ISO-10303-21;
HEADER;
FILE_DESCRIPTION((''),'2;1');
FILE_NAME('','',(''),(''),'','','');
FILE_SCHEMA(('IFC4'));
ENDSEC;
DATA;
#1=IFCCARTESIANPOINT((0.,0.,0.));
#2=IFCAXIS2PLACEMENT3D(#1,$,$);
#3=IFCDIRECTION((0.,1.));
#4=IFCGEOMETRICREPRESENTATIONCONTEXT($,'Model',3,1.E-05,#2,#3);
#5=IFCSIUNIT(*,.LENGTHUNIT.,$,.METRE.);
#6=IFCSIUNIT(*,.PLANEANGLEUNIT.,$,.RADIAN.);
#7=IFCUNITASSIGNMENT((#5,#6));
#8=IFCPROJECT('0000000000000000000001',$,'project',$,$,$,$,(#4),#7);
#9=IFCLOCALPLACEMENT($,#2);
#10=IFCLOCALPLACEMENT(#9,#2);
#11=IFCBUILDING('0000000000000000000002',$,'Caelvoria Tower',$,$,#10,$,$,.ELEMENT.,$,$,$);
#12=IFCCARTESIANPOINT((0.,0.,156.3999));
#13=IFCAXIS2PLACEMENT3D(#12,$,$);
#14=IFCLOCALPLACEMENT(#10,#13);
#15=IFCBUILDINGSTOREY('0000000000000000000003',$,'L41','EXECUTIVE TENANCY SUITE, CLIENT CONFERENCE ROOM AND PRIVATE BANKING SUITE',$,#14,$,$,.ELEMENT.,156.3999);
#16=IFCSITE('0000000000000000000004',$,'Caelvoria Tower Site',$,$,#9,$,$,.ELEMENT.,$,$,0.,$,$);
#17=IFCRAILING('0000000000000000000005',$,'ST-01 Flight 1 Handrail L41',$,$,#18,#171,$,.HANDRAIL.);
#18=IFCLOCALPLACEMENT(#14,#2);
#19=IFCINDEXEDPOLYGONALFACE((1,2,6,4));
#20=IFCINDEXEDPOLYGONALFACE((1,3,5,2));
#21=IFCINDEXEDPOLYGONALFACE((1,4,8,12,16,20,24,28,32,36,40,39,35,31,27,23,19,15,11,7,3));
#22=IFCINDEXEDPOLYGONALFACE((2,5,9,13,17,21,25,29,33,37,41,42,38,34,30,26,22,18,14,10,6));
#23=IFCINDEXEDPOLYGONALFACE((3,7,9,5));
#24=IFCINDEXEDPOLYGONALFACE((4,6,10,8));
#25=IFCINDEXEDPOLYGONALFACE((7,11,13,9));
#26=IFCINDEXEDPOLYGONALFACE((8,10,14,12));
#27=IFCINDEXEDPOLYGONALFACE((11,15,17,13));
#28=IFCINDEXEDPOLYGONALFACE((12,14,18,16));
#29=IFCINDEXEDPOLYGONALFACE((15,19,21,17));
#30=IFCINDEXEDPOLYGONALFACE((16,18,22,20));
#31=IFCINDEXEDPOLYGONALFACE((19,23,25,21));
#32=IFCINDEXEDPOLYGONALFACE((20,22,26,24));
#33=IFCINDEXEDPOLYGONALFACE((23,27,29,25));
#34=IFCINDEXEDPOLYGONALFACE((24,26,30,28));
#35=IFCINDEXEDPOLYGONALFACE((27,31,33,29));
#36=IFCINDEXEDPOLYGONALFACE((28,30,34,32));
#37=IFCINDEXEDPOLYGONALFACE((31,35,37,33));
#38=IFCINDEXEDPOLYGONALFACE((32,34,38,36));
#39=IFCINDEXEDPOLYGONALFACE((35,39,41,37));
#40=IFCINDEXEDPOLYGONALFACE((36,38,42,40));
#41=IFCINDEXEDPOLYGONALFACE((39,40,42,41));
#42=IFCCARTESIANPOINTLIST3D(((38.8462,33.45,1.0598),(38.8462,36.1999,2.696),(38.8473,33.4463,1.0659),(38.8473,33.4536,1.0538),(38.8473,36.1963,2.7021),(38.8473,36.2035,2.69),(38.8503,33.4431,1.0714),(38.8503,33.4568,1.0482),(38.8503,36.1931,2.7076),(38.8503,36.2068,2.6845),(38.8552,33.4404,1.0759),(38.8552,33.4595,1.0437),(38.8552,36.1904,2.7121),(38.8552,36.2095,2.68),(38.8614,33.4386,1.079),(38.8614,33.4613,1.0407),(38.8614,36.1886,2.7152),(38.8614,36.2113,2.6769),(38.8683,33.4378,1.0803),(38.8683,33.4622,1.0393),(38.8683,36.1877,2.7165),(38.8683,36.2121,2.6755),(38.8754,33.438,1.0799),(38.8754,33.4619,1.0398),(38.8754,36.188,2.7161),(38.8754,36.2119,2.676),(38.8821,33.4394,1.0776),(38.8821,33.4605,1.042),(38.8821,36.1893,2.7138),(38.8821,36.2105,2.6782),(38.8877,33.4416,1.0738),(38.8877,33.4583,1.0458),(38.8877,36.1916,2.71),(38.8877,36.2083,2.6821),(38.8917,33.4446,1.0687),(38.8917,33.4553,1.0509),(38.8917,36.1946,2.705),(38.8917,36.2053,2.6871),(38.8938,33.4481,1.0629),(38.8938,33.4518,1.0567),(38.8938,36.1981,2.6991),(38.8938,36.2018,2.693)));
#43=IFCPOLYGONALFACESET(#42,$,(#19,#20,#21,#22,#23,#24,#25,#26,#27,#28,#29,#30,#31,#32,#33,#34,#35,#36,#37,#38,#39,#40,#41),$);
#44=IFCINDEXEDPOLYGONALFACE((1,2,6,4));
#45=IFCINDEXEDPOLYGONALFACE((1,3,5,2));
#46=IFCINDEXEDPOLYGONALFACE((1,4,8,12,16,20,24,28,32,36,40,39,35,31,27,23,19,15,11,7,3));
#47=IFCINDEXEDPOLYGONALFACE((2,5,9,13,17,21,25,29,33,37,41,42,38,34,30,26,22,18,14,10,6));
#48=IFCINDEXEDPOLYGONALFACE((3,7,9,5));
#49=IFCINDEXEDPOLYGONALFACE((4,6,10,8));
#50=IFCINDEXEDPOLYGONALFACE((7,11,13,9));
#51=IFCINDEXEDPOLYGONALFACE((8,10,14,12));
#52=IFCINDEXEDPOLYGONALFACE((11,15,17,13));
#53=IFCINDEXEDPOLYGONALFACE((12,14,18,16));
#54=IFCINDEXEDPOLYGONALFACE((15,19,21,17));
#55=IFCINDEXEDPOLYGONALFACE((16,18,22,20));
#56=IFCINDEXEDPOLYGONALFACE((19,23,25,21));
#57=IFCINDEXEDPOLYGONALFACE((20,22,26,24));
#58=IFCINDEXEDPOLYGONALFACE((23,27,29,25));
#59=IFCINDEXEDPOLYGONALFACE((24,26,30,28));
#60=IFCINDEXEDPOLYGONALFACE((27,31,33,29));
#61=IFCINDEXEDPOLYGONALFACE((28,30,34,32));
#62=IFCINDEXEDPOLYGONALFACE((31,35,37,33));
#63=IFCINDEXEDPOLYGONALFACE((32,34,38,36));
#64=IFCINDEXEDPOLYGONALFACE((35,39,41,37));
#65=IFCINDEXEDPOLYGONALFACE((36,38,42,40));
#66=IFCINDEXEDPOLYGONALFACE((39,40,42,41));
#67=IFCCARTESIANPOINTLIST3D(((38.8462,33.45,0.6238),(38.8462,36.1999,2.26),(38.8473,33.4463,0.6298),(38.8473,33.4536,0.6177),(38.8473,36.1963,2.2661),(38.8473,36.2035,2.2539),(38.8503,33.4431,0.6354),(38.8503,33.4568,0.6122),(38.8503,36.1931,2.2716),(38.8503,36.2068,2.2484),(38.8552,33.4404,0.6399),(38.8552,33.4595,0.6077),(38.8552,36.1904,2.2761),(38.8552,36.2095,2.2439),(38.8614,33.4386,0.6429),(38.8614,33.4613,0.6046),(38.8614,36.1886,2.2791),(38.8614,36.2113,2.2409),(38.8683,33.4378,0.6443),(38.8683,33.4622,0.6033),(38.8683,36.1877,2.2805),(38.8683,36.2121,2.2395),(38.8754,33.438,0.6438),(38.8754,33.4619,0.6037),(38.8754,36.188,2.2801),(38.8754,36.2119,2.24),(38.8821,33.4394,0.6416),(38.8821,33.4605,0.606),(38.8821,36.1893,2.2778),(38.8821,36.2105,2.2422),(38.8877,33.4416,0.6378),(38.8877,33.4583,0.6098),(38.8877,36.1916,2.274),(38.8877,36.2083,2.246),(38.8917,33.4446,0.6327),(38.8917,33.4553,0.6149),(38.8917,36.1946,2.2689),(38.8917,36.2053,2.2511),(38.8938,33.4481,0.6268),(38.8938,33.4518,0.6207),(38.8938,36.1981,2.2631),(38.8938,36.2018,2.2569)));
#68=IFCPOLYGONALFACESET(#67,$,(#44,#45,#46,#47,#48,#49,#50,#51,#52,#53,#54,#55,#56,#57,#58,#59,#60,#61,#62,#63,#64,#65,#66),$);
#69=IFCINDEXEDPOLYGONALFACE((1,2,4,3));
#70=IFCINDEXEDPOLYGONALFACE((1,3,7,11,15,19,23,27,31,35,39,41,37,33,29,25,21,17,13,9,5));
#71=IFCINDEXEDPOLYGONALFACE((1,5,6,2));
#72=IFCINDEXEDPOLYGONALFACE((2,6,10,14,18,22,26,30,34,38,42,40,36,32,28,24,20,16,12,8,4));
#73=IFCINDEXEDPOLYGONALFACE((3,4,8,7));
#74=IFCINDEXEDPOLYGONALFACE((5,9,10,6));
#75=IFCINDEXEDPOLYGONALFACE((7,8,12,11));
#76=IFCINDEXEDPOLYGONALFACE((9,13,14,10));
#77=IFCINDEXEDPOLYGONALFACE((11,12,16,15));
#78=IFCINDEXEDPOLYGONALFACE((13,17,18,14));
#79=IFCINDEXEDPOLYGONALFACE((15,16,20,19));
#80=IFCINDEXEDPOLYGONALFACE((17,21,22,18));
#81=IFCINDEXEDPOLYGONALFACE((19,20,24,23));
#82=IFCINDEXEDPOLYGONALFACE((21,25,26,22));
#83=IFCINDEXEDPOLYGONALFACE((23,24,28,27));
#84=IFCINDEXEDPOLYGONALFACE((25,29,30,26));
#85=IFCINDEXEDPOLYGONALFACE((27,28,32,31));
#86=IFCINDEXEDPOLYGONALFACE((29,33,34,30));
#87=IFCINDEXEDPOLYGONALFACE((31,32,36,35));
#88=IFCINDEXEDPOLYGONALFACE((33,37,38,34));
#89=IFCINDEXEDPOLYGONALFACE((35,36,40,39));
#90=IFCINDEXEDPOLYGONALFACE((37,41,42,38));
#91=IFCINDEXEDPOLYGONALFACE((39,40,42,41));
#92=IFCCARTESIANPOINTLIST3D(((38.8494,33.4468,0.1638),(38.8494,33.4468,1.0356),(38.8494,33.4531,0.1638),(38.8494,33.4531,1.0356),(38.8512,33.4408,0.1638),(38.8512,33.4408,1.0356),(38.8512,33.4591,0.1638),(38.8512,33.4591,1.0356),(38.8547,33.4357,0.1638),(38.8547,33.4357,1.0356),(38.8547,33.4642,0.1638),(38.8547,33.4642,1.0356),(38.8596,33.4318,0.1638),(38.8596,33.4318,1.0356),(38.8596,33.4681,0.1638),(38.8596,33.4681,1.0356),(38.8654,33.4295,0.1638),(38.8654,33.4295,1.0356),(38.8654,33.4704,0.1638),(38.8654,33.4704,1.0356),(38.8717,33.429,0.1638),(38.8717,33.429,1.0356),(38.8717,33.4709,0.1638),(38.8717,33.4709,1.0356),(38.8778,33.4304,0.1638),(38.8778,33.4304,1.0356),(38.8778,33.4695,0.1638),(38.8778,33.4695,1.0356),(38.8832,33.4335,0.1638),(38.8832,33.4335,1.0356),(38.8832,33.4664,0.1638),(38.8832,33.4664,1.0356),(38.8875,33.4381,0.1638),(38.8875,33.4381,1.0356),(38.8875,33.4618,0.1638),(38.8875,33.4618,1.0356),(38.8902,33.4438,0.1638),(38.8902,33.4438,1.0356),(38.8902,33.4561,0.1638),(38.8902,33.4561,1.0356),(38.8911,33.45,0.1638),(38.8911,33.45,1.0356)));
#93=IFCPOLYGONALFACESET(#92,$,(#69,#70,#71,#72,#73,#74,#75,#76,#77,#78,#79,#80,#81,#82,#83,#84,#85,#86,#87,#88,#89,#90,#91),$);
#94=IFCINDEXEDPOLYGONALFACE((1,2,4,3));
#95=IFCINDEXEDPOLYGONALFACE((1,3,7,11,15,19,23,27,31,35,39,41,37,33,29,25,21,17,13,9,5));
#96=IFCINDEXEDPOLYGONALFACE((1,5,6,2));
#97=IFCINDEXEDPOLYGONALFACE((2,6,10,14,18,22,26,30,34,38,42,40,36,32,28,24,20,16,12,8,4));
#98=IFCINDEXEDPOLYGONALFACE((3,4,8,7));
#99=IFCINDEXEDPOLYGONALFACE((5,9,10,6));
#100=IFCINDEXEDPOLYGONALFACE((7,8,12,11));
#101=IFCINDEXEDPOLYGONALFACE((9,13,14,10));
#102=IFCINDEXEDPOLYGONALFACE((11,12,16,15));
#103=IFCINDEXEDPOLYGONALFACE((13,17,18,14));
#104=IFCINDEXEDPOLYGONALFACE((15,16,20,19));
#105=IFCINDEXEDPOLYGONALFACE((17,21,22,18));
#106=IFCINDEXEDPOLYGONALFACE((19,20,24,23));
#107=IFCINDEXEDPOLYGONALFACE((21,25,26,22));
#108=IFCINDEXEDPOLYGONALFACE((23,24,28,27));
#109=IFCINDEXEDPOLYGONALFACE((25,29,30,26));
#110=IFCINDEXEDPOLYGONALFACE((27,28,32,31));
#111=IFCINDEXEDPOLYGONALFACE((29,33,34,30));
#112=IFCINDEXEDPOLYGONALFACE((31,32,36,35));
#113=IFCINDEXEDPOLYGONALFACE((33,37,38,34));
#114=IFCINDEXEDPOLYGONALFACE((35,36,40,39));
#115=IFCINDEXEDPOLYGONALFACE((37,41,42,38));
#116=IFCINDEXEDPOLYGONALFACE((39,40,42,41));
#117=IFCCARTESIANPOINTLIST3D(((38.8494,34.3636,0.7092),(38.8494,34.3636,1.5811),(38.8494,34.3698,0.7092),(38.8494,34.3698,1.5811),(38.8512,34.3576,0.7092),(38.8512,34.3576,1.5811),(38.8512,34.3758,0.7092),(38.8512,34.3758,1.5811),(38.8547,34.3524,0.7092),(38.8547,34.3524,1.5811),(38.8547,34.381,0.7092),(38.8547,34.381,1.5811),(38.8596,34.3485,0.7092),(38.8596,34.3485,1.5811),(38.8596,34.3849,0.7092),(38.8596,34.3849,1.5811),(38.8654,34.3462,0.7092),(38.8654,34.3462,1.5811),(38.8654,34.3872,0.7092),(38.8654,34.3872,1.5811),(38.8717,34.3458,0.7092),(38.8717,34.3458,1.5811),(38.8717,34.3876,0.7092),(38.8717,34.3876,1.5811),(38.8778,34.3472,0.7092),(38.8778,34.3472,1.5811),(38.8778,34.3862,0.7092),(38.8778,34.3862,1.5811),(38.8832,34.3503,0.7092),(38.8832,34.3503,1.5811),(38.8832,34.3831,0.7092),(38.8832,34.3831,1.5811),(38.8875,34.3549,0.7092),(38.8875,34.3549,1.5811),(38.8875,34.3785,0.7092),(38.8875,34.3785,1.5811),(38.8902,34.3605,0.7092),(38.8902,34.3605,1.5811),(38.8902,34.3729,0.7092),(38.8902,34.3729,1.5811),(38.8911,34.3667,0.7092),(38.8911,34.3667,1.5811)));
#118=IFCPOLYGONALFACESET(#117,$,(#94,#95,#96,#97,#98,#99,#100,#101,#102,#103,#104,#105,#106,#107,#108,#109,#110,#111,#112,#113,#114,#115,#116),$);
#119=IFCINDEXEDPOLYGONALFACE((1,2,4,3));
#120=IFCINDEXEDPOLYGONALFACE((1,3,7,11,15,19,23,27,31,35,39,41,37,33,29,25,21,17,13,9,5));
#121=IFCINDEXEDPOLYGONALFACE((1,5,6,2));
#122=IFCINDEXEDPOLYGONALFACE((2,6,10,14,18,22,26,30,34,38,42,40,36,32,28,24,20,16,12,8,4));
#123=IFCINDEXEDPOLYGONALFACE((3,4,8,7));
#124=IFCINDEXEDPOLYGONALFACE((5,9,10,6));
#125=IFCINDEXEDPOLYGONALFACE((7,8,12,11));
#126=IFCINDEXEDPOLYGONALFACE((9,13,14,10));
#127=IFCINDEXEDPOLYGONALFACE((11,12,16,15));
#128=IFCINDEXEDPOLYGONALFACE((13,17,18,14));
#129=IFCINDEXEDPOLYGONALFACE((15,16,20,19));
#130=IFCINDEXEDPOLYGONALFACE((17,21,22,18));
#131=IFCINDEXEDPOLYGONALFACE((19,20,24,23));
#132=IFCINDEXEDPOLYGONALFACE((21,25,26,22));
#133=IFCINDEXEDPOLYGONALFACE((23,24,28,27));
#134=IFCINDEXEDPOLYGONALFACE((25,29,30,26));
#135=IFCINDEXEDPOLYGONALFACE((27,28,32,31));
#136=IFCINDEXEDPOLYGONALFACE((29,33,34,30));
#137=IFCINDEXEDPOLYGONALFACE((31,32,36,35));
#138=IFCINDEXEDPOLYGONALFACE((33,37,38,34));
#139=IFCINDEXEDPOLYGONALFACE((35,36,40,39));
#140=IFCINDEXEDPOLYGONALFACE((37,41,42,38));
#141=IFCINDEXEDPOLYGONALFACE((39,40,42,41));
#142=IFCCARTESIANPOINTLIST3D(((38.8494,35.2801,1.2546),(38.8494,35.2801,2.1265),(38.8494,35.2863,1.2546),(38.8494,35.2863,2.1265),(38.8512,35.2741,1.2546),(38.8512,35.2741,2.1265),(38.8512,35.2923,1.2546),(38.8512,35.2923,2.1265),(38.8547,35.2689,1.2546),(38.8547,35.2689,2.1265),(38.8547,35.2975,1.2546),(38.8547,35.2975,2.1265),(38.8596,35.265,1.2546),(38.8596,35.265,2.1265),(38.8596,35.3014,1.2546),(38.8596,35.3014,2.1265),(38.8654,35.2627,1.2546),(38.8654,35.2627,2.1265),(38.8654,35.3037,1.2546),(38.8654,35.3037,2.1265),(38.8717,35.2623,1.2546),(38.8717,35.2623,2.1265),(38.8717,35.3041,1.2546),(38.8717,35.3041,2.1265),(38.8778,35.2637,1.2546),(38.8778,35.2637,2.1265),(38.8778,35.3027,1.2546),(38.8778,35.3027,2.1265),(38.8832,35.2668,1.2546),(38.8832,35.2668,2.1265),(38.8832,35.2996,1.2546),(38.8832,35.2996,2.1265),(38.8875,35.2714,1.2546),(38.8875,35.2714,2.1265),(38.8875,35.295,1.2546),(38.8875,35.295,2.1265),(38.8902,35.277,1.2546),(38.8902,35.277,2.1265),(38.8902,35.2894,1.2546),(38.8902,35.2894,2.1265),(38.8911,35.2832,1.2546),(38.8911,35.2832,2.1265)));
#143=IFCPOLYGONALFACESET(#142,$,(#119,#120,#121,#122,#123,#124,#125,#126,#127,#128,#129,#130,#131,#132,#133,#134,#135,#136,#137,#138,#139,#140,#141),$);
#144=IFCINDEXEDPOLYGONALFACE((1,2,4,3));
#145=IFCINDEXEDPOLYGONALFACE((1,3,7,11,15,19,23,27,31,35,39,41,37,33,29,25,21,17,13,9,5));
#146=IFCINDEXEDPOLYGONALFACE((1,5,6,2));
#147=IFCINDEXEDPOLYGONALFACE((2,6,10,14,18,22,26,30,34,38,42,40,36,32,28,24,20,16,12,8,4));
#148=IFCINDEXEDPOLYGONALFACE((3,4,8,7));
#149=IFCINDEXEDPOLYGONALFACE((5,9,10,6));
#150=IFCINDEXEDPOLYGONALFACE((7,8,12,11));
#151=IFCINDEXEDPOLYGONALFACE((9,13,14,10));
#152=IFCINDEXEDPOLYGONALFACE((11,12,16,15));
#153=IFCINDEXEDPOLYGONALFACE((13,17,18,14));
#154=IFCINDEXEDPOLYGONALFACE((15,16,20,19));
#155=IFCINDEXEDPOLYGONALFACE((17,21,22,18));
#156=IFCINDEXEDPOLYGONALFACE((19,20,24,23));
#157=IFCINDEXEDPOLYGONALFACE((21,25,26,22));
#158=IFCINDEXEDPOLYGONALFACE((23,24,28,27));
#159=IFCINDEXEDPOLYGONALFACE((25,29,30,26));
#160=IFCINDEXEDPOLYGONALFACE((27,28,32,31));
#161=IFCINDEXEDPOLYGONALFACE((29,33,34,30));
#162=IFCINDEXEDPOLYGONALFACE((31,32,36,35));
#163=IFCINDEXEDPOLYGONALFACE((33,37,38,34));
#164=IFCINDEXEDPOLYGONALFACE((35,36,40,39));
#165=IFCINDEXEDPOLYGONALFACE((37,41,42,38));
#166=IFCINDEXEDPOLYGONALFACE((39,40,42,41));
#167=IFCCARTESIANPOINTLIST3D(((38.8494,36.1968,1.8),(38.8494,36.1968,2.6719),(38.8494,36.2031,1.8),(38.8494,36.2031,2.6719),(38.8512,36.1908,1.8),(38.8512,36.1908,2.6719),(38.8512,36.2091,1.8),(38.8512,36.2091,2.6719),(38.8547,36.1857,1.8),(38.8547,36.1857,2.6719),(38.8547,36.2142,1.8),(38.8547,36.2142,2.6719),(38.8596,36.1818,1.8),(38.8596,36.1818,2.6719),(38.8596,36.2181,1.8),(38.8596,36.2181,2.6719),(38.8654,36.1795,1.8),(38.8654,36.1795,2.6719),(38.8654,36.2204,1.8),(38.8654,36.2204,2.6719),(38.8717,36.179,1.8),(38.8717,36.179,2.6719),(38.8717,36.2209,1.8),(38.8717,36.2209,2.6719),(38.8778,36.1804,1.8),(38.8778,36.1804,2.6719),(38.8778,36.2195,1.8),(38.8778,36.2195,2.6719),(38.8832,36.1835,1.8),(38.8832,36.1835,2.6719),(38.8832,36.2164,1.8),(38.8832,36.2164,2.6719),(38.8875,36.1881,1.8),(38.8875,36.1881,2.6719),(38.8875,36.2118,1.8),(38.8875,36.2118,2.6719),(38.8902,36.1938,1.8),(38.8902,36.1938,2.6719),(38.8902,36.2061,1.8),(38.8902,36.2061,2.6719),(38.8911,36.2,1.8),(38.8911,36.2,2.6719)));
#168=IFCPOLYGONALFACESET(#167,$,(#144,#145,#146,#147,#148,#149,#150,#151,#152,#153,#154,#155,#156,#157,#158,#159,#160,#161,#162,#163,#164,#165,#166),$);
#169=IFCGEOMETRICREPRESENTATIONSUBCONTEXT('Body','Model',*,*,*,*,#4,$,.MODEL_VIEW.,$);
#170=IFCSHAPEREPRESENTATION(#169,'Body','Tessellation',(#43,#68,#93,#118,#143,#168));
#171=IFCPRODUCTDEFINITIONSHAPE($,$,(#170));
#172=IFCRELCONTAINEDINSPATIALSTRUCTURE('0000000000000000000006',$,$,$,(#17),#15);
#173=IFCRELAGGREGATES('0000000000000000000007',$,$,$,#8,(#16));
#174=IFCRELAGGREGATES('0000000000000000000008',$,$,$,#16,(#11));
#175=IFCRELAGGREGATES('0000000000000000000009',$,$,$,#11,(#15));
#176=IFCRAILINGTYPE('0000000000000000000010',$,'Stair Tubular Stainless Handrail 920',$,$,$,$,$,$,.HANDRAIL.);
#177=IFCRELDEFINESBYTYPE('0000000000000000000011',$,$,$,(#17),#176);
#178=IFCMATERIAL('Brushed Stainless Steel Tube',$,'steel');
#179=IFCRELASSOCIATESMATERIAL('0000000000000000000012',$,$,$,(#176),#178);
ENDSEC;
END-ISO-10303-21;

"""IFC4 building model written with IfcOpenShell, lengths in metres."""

from ifc_helpers import new_model, si_unit, direction, frame, origin, origin_2d, place, context, subcontext, project, spatial, circle, extrude, material, type_object, element, save


model = new_model("IFC4")

# Units and contexts
model_context = context("Model", 3, precision=1e-05, world=origin(), true_north=direction((0.0, 1.0)))
body_context = subcontext(model_context, "Body", "Model", "MODEL_VIEW")
ifc_project = project(units=[si_unit("LENGTHUNIT", "METRE"), si_unit("PLANEANGLEUNIT", "RADIAN")], contexts=[model_context])

# Site, building, storey
site_placement = place(None, origin())
site = spatial("IfcSite", under=ifc_project, at=site_placement, Name="Caelvoria Tower Site", CompositionType="ELEMENT", RefElevation=0.0)
building_placement = place(site_placement, origin())
building = spatial("IfcBuilding", under=site, at=building_placement, Name="Caelvoria Tower", CompositionType="ELEMENT")
storey_placement = place(building_placement, frame((0.0, 0.0, 156.3999)))
storey = spatial("IfcBuildingStorey", under=building, at=storey_placement, Name="L41", Description="EXECUTIVE TENANCY SUITE, CLIENT CONFERENCE ROOM AND PRIVATE BANKING SUITE", CompositionType="ELEMENT", Elevation=156.3999)

# Railing
ifc_material_1 = material(Name="Brushed Stainless Steel Tube", Category="steel")
railing_type_1 = type_object("IfcRailingType", Name="Stair Tubular Stainless Handrail 920", PredefinedType="HANDRAIL", material=ifc_material_1)
railing_1_placement = place(storey_placement, frame((38.8701, 33.45, 0.1638)))
element("IfcRailing", 1, at=railing_1_placement, inside=storey, type_object=railing_type_1, Name="ST-01 Flight 1 Handrail L41", PredefinedType="HANDRAIL", context=body_context, shape_type="SweptSolid", body=[
    extrude(circle(Radius=0.0239, at=origin_2d()), frame((0.0, 0.0, 0.896), z_axis=(0.0, 0.859385, 0.511328), x_axis=(-1.0, 0.0, 0.0)), (0.0, 0.0, 1.0), 3.2),
    extrude(circle(Radius=0.0239, at=origin_2d()), frame((0.0, 0.0, 0.46), z_axis=(0.0, 0.859385, 0.511328), x_axis=(-1.0, 0.0, 0.0)), (0.0, 0.0, 1.0), 3.2),
    extrude(circle(Radius=0.021, at=origin_2d()), origin(), (0.0, 0.0, 1.0), 0.8718),
    extrude(circle(Radius=0.021, at=origin_2d()), frame((0.0, 0.9167, 0.5454)), (0.0, 0.0, 1.0), 0.8718),
    extrude(circle(Radius=0.021, at=origin_2d()), frame((0.0, 1.8333, 1.0908)), (0.0, 0.0, 1.0), 0.8718),
    extrude(circle(Radius=0.021, at=origin_2d()), frame((0.0, 2.75, 1.6362)), (0.0, 0.0, 1.0), 0.8718),
])

save(model, "model.ifc")
